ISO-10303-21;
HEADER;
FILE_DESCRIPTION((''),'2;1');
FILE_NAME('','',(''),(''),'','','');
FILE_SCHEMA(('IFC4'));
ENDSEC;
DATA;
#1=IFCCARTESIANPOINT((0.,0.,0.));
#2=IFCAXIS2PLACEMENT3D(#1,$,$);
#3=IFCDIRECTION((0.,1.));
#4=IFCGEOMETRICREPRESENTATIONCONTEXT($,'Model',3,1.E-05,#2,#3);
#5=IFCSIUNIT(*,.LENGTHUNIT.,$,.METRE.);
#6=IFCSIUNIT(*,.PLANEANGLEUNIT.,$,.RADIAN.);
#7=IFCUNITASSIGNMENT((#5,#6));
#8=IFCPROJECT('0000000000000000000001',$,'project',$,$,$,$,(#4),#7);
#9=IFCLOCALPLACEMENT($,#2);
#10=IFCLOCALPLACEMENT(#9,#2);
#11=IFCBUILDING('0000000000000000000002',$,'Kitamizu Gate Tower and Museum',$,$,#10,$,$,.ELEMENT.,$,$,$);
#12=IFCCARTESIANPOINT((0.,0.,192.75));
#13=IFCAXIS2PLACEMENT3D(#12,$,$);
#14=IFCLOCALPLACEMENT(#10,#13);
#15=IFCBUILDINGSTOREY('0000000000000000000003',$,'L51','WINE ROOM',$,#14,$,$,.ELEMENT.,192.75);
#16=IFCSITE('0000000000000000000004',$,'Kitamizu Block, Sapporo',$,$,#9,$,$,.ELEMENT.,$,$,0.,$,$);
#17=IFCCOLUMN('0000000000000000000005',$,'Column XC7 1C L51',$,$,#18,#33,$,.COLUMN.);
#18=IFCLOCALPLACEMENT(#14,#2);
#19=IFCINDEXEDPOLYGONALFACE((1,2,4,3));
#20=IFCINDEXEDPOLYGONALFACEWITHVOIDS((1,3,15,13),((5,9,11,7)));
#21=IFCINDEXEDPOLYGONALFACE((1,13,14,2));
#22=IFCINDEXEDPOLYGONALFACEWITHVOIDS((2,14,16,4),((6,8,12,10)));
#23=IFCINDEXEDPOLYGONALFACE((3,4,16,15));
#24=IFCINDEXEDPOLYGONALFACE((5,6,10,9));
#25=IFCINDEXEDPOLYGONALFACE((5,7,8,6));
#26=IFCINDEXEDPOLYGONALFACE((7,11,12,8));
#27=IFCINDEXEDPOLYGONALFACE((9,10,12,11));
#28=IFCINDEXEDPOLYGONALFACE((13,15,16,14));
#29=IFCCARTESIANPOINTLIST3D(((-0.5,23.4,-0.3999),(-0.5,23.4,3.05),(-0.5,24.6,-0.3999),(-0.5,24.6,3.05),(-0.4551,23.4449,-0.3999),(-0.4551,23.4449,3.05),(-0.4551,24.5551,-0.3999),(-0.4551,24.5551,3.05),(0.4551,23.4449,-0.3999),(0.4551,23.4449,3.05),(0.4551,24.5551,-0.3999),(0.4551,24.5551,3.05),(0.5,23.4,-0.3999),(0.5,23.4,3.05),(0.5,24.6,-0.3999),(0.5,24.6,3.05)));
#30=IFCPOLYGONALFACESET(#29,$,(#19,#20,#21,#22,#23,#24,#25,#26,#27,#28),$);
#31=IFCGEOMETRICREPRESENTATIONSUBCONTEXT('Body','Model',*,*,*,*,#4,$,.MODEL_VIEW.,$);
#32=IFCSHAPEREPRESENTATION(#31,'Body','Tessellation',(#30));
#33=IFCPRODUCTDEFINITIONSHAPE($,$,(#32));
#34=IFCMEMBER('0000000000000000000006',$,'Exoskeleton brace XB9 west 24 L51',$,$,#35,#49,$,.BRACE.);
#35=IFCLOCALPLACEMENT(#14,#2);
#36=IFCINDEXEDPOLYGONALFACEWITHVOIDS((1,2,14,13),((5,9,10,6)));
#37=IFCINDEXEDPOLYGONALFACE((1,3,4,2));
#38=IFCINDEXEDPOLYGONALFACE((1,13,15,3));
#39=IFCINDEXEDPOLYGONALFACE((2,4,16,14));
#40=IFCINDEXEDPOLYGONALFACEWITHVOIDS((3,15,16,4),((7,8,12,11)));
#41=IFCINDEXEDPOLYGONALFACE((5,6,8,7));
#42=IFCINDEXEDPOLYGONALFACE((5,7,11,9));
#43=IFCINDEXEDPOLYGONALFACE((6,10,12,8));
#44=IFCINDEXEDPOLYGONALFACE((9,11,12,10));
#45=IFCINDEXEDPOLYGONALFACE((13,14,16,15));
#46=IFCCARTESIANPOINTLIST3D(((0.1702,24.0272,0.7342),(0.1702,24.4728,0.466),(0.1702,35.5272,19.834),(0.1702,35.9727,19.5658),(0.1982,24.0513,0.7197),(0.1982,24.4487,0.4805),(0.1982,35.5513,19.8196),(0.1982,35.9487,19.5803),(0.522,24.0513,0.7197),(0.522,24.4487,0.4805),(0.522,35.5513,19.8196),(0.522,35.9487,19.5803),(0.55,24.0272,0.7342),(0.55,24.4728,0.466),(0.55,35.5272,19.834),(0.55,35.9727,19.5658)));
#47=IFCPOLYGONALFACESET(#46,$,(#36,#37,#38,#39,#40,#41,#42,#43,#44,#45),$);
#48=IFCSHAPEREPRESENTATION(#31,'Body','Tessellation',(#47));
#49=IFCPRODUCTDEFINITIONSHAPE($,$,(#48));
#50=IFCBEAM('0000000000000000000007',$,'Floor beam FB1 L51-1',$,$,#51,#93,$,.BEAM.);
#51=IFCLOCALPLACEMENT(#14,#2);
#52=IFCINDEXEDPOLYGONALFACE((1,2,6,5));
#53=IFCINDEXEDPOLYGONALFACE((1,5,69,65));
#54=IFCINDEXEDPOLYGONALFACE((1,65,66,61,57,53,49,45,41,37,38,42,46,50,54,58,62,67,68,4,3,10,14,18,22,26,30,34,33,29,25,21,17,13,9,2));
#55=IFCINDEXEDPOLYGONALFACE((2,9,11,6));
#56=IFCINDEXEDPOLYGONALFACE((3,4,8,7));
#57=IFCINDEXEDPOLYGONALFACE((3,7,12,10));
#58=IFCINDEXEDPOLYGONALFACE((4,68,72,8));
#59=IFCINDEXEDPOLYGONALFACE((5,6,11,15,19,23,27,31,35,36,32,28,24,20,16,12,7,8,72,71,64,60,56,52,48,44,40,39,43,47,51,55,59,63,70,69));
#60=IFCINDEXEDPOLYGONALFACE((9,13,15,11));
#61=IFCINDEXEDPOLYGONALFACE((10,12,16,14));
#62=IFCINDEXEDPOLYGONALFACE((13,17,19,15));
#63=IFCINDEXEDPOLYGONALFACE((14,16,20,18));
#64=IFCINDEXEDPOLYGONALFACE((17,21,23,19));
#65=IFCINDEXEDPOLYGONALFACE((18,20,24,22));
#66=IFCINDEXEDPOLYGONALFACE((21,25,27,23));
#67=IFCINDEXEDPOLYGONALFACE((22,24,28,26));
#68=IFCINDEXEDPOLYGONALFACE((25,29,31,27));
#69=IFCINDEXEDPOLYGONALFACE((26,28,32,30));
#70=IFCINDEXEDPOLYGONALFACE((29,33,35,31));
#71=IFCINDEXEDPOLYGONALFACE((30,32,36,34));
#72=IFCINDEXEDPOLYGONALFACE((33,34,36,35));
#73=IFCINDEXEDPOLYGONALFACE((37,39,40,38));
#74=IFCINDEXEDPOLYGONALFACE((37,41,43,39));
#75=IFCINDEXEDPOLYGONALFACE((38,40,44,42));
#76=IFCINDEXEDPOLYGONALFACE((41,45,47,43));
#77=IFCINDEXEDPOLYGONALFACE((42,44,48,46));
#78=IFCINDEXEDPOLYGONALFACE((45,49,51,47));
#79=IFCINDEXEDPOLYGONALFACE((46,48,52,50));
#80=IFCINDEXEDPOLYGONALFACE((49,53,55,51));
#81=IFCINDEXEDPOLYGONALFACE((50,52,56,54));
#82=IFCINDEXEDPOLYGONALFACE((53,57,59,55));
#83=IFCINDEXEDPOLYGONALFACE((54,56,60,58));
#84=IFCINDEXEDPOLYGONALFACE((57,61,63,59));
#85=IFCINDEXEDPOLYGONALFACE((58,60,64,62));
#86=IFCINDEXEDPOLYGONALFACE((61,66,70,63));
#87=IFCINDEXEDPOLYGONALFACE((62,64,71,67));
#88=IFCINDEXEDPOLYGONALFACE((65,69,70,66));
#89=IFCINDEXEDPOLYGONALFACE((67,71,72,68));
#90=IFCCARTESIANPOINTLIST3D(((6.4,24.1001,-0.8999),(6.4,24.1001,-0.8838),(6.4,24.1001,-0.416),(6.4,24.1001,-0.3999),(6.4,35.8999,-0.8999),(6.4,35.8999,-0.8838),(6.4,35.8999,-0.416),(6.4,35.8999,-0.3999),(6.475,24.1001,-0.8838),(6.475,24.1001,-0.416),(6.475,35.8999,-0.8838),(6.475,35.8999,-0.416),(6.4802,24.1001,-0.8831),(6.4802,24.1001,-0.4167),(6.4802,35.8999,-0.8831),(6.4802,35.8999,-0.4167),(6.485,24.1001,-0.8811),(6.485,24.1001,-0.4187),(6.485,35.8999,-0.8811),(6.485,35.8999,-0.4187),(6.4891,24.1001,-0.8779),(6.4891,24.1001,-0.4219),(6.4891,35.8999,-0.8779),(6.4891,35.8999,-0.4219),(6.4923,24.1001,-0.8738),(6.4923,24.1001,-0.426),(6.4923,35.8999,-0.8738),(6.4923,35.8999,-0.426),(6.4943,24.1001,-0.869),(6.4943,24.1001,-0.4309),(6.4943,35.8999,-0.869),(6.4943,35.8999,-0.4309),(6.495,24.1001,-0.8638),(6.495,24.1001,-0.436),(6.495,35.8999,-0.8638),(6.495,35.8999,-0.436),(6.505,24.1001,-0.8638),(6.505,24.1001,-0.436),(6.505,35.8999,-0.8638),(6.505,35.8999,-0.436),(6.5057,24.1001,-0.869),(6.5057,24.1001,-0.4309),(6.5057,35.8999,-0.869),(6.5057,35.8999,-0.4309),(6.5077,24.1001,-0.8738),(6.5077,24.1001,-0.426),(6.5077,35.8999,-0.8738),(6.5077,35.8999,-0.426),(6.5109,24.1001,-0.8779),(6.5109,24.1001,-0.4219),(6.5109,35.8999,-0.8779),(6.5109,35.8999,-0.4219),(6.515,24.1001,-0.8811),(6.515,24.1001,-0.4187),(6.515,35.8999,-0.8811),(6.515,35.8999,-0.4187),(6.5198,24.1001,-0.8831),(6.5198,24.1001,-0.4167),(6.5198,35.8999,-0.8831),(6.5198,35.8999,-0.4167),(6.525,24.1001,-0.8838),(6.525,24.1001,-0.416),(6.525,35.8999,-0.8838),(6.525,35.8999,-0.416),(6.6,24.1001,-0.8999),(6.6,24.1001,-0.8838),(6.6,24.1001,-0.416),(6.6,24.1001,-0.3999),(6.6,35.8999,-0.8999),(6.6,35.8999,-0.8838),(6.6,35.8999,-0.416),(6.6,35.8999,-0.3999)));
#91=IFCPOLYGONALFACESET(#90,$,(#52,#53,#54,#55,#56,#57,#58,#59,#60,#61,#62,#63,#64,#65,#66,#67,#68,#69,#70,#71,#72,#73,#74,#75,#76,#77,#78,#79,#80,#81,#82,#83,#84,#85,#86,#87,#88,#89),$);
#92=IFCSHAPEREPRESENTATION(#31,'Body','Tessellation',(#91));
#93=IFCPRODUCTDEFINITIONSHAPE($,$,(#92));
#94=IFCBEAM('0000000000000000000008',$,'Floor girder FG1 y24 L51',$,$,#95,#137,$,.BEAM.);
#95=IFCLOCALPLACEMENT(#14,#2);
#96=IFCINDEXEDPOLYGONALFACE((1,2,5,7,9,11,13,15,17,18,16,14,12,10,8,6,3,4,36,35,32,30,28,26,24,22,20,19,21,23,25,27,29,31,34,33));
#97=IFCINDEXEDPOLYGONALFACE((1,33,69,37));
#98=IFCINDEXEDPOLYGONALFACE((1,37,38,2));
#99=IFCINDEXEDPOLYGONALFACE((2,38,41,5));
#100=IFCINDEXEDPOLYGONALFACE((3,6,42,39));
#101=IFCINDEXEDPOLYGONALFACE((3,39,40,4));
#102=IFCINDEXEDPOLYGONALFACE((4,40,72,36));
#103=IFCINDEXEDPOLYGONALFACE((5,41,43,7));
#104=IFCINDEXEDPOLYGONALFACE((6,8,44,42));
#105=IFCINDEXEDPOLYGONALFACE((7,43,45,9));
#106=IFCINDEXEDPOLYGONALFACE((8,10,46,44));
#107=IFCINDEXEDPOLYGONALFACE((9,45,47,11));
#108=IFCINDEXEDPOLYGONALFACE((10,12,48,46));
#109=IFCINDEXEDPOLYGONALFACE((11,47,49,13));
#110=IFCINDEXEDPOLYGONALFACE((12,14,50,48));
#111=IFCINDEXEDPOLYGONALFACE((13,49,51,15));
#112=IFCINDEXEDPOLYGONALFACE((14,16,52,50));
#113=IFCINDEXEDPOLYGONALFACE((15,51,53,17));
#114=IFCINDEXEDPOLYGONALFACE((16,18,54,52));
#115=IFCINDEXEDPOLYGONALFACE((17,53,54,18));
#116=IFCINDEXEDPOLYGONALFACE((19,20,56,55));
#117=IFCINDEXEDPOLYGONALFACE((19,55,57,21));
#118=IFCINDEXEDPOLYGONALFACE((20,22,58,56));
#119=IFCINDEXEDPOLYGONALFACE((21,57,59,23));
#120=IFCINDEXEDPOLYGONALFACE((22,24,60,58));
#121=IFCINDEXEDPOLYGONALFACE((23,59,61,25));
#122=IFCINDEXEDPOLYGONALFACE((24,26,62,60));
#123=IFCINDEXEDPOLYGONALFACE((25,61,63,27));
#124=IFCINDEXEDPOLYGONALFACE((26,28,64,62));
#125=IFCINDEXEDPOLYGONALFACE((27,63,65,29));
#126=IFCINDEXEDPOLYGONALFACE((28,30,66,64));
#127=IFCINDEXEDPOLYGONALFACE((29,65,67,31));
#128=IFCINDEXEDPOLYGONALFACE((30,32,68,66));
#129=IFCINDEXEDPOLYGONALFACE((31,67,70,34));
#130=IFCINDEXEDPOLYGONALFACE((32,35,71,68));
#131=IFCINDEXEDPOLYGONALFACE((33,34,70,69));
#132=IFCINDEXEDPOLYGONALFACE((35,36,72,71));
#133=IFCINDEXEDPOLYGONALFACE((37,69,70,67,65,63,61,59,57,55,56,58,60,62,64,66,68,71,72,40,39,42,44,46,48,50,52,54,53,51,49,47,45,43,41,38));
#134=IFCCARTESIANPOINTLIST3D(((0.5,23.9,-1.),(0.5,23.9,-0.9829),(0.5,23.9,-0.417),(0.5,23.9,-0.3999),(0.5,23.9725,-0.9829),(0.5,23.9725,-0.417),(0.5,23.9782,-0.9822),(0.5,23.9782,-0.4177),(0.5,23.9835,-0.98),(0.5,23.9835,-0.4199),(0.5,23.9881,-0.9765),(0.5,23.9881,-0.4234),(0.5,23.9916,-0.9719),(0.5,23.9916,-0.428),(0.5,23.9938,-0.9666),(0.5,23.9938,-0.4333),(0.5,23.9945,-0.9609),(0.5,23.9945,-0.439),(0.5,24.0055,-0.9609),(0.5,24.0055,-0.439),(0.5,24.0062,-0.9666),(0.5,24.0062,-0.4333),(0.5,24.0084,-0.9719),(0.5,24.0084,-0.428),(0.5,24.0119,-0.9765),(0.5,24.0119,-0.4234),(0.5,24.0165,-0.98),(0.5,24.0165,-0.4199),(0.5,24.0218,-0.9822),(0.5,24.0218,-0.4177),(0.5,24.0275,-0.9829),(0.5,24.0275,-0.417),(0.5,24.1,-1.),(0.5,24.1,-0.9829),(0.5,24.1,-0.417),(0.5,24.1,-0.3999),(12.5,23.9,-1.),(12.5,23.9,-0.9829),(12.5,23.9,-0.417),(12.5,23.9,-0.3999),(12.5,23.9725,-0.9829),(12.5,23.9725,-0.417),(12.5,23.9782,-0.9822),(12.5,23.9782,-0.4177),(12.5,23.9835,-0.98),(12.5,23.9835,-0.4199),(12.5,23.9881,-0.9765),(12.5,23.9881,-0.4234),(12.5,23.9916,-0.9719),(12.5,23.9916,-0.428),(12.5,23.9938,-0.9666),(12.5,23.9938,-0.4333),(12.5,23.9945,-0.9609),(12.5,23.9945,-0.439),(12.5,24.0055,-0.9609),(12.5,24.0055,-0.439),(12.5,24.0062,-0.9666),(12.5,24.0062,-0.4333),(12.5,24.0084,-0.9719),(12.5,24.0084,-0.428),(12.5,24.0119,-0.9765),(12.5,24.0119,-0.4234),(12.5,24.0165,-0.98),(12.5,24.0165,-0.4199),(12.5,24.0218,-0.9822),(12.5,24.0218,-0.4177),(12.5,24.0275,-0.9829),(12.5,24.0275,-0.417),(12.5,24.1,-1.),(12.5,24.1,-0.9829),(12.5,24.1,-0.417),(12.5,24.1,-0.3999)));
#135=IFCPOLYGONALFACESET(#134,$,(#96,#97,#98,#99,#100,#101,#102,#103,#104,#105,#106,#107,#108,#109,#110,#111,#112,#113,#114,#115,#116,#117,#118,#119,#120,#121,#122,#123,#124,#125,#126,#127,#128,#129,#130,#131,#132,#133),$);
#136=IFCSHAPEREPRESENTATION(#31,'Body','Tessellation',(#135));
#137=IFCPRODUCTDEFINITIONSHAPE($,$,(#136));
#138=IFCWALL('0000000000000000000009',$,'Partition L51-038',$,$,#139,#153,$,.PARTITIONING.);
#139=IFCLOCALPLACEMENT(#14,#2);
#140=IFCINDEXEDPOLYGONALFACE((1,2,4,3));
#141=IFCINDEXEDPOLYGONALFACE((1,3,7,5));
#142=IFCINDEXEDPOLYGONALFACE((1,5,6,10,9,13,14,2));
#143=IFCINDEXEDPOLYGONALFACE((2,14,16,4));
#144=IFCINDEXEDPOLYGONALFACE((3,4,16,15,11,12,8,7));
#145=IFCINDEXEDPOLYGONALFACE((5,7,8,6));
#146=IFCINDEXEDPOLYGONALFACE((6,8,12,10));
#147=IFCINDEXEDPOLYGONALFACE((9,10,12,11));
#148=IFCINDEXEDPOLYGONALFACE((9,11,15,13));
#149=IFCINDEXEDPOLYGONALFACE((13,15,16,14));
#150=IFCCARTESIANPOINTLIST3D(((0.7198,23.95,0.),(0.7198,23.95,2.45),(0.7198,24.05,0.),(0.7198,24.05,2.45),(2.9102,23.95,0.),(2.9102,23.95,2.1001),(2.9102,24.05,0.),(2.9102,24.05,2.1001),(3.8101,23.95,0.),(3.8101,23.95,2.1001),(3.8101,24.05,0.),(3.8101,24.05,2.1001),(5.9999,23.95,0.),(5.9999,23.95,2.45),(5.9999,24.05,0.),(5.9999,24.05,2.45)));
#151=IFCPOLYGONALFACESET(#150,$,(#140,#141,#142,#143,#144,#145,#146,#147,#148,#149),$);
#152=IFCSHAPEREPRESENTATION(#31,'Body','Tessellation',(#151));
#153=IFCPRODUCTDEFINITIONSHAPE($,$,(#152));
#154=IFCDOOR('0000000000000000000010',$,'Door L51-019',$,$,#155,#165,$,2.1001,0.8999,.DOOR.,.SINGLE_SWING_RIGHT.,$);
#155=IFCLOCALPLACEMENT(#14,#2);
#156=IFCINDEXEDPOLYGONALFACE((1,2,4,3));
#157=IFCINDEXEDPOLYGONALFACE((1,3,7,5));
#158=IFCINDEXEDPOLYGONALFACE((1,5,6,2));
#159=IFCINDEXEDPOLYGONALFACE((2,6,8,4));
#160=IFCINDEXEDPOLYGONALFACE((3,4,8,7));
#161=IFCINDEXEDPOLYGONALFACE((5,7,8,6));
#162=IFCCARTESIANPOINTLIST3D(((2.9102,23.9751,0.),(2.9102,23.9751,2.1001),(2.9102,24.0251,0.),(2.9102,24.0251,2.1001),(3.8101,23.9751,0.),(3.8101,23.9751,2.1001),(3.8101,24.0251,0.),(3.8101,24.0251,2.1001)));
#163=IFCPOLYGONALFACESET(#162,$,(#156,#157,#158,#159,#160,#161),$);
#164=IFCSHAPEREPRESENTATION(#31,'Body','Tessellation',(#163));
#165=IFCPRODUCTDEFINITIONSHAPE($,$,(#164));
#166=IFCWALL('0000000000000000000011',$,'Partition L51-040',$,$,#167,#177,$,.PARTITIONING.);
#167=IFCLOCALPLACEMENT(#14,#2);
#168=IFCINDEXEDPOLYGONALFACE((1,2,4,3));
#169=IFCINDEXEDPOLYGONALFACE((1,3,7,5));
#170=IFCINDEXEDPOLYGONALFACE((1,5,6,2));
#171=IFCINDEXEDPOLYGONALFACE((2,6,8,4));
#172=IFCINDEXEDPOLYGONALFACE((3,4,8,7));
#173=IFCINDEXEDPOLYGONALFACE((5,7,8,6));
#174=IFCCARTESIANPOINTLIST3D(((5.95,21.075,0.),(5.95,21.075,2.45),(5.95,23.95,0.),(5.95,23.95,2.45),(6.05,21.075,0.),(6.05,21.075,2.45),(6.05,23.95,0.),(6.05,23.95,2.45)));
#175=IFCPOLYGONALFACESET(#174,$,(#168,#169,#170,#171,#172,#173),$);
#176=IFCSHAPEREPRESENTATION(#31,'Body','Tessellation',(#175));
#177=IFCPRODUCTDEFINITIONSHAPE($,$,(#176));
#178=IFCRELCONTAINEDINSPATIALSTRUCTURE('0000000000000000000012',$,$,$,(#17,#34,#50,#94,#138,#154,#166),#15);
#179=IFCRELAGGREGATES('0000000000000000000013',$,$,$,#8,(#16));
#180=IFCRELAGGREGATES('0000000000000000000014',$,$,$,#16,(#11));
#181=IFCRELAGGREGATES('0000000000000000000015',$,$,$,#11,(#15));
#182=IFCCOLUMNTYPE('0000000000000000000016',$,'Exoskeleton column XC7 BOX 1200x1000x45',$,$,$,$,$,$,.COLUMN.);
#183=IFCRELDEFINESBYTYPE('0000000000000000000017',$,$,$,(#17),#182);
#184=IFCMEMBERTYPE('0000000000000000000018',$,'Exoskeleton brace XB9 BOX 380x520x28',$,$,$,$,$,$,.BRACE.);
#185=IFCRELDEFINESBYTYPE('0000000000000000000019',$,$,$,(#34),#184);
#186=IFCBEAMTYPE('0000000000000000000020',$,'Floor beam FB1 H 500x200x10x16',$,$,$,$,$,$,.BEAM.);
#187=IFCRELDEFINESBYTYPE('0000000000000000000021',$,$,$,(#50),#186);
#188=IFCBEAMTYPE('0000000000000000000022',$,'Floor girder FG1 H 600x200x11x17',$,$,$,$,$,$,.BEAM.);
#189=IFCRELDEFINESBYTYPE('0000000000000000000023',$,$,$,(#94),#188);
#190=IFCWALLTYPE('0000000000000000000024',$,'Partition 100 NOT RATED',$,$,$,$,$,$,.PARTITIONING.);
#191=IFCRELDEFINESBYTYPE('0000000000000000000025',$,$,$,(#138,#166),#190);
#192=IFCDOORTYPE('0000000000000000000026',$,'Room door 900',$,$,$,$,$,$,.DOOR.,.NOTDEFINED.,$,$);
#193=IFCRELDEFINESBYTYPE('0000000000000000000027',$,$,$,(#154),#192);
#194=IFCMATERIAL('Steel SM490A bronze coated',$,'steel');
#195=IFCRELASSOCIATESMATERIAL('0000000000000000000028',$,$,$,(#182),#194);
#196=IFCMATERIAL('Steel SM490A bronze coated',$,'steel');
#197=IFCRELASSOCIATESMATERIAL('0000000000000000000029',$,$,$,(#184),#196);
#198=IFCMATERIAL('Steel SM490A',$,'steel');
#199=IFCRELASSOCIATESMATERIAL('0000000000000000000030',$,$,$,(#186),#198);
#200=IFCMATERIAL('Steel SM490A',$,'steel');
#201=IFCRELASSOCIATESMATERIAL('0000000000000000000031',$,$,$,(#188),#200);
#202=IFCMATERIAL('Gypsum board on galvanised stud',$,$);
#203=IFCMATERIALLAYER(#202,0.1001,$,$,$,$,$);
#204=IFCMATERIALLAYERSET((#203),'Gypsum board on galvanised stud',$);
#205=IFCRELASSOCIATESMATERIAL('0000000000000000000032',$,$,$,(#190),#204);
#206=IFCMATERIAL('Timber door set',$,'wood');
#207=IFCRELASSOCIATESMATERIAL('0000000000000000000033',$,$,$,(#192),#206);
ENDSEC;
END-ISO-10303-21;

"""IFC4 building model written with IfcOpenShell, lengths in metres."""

from ifc_helpers import new_model, si_unit, direction, frame, frame_2d, origin, origin_2d, place, context, subcontext, project, spatial, rectangle, hollow_rectangle, i_section, extrude, material, layer, layer_set, material_profile, profile_set, type_object, element, fill, save


model = new_model("IFC4")

# Units and contexts
model_context = context("Model", 3, precision=1e-05, world=origin(), true_north=direction((0.0, 1.0)))
body_context = subcontext(model_context, "Body", "Model", "MODEL_VIEW")
ifc_project = project(units=[si_unit("LENGTHUNIT", "METRE"), si_unit("PLANEANGLEUNIT", "RADIAN")], contexts=[model_context])

# Site, building, storey
site_placement = place(None, origin())
site = spatial("IfcSite", under=ifc_project, at=site_placement, Name="Kitamizu Block, Sapporo", CompositionType="ELEMENT", RefElevation=0.0)
building_placement = place(site_placement, origin())
building = spatial("IfcBuilding", under=site, at=building_placement, Name="Kitamizu Gate Tower and Museum", CompositionType="ELEMENT")
storey_placement = place(building_placement, frame((0.0, 0.0, 192.75)))
storey = spatial("IfcBuildingStorey", under=building, at=storey_placement, Name="L51", Description="WINE ROOM", CompositionType="ELEMENT", Elevation=192.75)

# Column
ifc_material_1 = material(Name="Steel SM490A bronze coated", Category="steel")
ifc_material_profile_1 = material_profile(ifc_material_1, hollow_rectangle(XDim=1.2, YDim=1.0, WallThickness=0.0449, at=origin_2d()), Name="BOX 1200x1000x45")
ifc_profile_set_1 = profile_set([ifc_material_profile_1], Name="Steel SM490A bronze coated")
column_type = type_object("IfcColumnType", Name="Exoskeleton column XC7 BOX 1200x1000x45", PredefinedType="COLUMN", material=ifc_profile_set_1)
column_placement = place(storey_placement, frame((0.0, 24.0, -0.3999), z_axis=(0.0, 0.0, 1.0), x_axis=(0.0, 1.0, 0.0)))
element("IfcColumn", 1, at=column_placement, inside=storey, type_object=column_type, Name="Column XC7 1C L51", PredefinedType="COLUMN", context=body_context, shape_type="SweptSolid", body=[
    extrude(hollow_rectangle(XDim=1.2, YDim=1.0, WallThickness=0.0449, at=origin_2d()), origin(), (0.0, 0.0, 1.0), 3.45),
])

# Member
ifc_material_2 = material(Name="Steel SM490A bronze coated", Category="steel")
ifc_material_profile_2 = material_profile(ifc_material_2, hollow_rectangle(XDim=0.3799, YDim=0.52, WallThickness=0.0281, at=origin_2d()), Name="BOX 380x520x28")
ifc_profile_set_2 = profile_set([ifc_material_profile_2], Name="Steel SM490A bronze coated")
member_type = type_object("IfcMemberType", Name="Exoskeleton brace XB9 BOX 380x520x28", PredefinedType="BRACE", material=ifc_profile_set_2)
member_placement = place(storey_placement, frame((0.3601, 24.25, 0.6001), z_axis=(0.0, 0.515817, 0.856699), x_axis=(-1.0, 0.0, 0.0)))
element("IfcMember", 2, at=member_placement, inside=storey, type_object=member_type, Name="Exoskeleton brace XB9 west 24 L51", PredefinedType="BRACE", context=body_context, shape_type="SweptSolid", body=[
    extrude(hollow_rectangle(XDim=0.3799, YDim=0.52, WallThickness=0.0281, at=origin_2d()), origin(), (0.0, 0.0, 1.0), 22.2947),
])

# Beams
ifc_material_3 = material(Name="Steel SM490A", Category="steel")
ifc_material_profile_3 = material_profile(ifc_material_3, i_section(OverallWidth=0.2, OverallDepth=0.5, WebThickness=0.01, FlangeThickness=0.0161, FilletRadius=0.02, at=origin_2d()), Name="H-500x200x10x16")
ifc_profile_set_3 = profile_set([ifc_material_profile_3], Name="Steel SM490A")
beam_type_1 = type_object("IfcBeamType", Name="Floor beam FB1 H 500x200x10x16", PredefinedType="BEAM", material=ifc_profile_set_3)
beam_1_placement = place(storey_placement, frame((6.5, 24.1001, -0.6499), z_axis=(0.0, 1.0, 0.0), x_axis=(-1.0, 0.0, 0.0)))
element("IfcBeam", 3, at=beam_1_placement, inside=storey, type_object=beam_type_1, Name="Floor beam FB1 L51-1", PredefinedType="BEAM", context=body_context, shape_type="SweptSolid", body=[
    extrude(i_section(OverallWidth=0.2, OverallDepth=0.5, WebThickness=0.01, FlangeThickness=0.0161, FilletRadius=0.02, at=origin_2d()), origin(), (0.0, 0.0, 1.0), 11.7998),
])
ifc_material_4 = material(Name="Steel SM490A", Category="steel")
ifc_material_profile_4 = material_profile(ifc_material_4, i_section(OverallWidth=0.2, OverallDepth=0.6001, WebThickness=0.011, FlangeThickness=0.0171, FilletRadius=0.022, at=origin_2d()), Name="H-600x200x11x17")
ifc_profile_set_4 = profile_set([ifc_material_profile_4], Name="Steel SM490A")
beam_type_2 = type_object("IfcBeamType", Name="Floor girder FG1 H 600x200x11x17", PredefinedType="BEAM", material=ifc_profile_set_4)
beam_2_placement = place(storey_placement, frame((0.5, 24.0, -0.7), z_axis=(1.0, 0.0, 0.0), x_axis=(0.0, 1.0, 0.0)))
element("IfcBeam", 4, at=beam_2_placement, inside=storey, type_object=beam_type_2, Name="Floor girder FG1 y24 L51", PredefinedType="BEAM", context=body_context, shape_type="SweptSolid", body=[
    extrude(i_section(OverallWidth=0.2, OverallDepth=0.6001, WebThickness=0.011, FlangeThickness=0.0171, FilletRadius=0.022, at=origin_2d()), origin(), (0.0, 0.0, 1.0), 12.0),
])

# Wall, opening, door
ifc_material_5 = material(Name="Gypsum board on galvanised stud")
ifc_layer_1 = layer(ifc_material_5, 0.1001)
ifc_layer_set_1 = layer_set([ifc_layer_1], Name="Gypsum board on galvanised stud")
wall_type_1 = type_object("IfcWallType", Name="Partition 100 NOT RATED", PredefinedType="PARTITIONING", material=ifc_layer_set_1)
wall_1_placement = place(storey_placement, frame((6.0, 24.0, 0.0), z_axis=(0.0, 0.0, 1.0), x_axis=(-1.0, 0.0, 0.0)))
wall_1 = element("IfcWall", 5, at=wall_1_placement, inside=storey, type_object=wall_type_1, Name="Partition L51-038", PredefinedType="PARTITIONING", context=body_context, shape_type="SweptSolid", body=[
    extrude(rectangle(XDim=5.28, YDim=0.1001, at=frame_2d((2.6401, 0.0))), origin(), (0.0, 0.0, 1.0), 2.45),
])
opening_1_placement = place(wall_1_placement, frame((2.1899, 0.0, 0.0)))
opening_1 = element("IfcOpeningElement", 6, at=opening_1_placement, cuts=wall_1, PredefinedType="OPENING", context=body_context, shape_type="SweptSolid", body=[
    extrude(rectangle(XDim=0.8999, YDim=2.1001, at=frame_2d((0.45, 1.05))), frame((0.0, 0.0601, 0.0), z_axis=(0.0, -1.0, 0.0), x_axis=(1.0, 0.0, 0.0)), (0.0, 0.0, 1.0), 0.1201),
])
ifc_material_6 = material(Name="Timber door set", Category="wood")
door_type_1 = type_object("IfcDoorType", Name="Room door 900", OperationType="NOTDEFINED", PredefinedType="DOOR", material=ifc_material_6)
door_1_placement = place(opening_1_placement, origin())
door_1 = element("IfcDoor", 7, at=door_1_placement, inside=storey, type_object=door_type_1, Name="Door L51-019", OperationType="SINGLE_SWING_RIGHT", OverallHeight=2.1001, OverallWidth=0.8999, PredefinedType="DOOR", context=body_context, shape_type="SweptSolid", body=[
    extrude(rectangle(XDim=0.8999, YDim=2.1001, at=frame_2d((0.45, 1.05))), frame((0.0, 0.0249, 0.0), z_axis=(0.0, -1.0, 0.0), x_axis=(1.0, 0.0, 0.0)), (0.0, 0.0, 1.0), 0.05),
])
fill(opening_1, door_1)

# Wall
wall_2_placement = place(storey_placement, frame((6.0, 21.075, 0.0), z_axis=(0.0, 0.0, 1.0), x_axis=(0.0, 1.0, 0.0)))
element("IfcWall", 8, at=wall_2_placement, inside=storey, type_object=wall_type_1, Name="Partition L51-040", PredefinedType="PARTITIONING", context=body_context, shape_type="SweptSolid", body=[
    extrude(rectangle(XDim=2.875, YDim=0.1001, at=frame_2d((1.4375, 0.0))), origin(), (0.0, 0.0, 1.0), 2.45),
])

save(model, "model.ifc")
